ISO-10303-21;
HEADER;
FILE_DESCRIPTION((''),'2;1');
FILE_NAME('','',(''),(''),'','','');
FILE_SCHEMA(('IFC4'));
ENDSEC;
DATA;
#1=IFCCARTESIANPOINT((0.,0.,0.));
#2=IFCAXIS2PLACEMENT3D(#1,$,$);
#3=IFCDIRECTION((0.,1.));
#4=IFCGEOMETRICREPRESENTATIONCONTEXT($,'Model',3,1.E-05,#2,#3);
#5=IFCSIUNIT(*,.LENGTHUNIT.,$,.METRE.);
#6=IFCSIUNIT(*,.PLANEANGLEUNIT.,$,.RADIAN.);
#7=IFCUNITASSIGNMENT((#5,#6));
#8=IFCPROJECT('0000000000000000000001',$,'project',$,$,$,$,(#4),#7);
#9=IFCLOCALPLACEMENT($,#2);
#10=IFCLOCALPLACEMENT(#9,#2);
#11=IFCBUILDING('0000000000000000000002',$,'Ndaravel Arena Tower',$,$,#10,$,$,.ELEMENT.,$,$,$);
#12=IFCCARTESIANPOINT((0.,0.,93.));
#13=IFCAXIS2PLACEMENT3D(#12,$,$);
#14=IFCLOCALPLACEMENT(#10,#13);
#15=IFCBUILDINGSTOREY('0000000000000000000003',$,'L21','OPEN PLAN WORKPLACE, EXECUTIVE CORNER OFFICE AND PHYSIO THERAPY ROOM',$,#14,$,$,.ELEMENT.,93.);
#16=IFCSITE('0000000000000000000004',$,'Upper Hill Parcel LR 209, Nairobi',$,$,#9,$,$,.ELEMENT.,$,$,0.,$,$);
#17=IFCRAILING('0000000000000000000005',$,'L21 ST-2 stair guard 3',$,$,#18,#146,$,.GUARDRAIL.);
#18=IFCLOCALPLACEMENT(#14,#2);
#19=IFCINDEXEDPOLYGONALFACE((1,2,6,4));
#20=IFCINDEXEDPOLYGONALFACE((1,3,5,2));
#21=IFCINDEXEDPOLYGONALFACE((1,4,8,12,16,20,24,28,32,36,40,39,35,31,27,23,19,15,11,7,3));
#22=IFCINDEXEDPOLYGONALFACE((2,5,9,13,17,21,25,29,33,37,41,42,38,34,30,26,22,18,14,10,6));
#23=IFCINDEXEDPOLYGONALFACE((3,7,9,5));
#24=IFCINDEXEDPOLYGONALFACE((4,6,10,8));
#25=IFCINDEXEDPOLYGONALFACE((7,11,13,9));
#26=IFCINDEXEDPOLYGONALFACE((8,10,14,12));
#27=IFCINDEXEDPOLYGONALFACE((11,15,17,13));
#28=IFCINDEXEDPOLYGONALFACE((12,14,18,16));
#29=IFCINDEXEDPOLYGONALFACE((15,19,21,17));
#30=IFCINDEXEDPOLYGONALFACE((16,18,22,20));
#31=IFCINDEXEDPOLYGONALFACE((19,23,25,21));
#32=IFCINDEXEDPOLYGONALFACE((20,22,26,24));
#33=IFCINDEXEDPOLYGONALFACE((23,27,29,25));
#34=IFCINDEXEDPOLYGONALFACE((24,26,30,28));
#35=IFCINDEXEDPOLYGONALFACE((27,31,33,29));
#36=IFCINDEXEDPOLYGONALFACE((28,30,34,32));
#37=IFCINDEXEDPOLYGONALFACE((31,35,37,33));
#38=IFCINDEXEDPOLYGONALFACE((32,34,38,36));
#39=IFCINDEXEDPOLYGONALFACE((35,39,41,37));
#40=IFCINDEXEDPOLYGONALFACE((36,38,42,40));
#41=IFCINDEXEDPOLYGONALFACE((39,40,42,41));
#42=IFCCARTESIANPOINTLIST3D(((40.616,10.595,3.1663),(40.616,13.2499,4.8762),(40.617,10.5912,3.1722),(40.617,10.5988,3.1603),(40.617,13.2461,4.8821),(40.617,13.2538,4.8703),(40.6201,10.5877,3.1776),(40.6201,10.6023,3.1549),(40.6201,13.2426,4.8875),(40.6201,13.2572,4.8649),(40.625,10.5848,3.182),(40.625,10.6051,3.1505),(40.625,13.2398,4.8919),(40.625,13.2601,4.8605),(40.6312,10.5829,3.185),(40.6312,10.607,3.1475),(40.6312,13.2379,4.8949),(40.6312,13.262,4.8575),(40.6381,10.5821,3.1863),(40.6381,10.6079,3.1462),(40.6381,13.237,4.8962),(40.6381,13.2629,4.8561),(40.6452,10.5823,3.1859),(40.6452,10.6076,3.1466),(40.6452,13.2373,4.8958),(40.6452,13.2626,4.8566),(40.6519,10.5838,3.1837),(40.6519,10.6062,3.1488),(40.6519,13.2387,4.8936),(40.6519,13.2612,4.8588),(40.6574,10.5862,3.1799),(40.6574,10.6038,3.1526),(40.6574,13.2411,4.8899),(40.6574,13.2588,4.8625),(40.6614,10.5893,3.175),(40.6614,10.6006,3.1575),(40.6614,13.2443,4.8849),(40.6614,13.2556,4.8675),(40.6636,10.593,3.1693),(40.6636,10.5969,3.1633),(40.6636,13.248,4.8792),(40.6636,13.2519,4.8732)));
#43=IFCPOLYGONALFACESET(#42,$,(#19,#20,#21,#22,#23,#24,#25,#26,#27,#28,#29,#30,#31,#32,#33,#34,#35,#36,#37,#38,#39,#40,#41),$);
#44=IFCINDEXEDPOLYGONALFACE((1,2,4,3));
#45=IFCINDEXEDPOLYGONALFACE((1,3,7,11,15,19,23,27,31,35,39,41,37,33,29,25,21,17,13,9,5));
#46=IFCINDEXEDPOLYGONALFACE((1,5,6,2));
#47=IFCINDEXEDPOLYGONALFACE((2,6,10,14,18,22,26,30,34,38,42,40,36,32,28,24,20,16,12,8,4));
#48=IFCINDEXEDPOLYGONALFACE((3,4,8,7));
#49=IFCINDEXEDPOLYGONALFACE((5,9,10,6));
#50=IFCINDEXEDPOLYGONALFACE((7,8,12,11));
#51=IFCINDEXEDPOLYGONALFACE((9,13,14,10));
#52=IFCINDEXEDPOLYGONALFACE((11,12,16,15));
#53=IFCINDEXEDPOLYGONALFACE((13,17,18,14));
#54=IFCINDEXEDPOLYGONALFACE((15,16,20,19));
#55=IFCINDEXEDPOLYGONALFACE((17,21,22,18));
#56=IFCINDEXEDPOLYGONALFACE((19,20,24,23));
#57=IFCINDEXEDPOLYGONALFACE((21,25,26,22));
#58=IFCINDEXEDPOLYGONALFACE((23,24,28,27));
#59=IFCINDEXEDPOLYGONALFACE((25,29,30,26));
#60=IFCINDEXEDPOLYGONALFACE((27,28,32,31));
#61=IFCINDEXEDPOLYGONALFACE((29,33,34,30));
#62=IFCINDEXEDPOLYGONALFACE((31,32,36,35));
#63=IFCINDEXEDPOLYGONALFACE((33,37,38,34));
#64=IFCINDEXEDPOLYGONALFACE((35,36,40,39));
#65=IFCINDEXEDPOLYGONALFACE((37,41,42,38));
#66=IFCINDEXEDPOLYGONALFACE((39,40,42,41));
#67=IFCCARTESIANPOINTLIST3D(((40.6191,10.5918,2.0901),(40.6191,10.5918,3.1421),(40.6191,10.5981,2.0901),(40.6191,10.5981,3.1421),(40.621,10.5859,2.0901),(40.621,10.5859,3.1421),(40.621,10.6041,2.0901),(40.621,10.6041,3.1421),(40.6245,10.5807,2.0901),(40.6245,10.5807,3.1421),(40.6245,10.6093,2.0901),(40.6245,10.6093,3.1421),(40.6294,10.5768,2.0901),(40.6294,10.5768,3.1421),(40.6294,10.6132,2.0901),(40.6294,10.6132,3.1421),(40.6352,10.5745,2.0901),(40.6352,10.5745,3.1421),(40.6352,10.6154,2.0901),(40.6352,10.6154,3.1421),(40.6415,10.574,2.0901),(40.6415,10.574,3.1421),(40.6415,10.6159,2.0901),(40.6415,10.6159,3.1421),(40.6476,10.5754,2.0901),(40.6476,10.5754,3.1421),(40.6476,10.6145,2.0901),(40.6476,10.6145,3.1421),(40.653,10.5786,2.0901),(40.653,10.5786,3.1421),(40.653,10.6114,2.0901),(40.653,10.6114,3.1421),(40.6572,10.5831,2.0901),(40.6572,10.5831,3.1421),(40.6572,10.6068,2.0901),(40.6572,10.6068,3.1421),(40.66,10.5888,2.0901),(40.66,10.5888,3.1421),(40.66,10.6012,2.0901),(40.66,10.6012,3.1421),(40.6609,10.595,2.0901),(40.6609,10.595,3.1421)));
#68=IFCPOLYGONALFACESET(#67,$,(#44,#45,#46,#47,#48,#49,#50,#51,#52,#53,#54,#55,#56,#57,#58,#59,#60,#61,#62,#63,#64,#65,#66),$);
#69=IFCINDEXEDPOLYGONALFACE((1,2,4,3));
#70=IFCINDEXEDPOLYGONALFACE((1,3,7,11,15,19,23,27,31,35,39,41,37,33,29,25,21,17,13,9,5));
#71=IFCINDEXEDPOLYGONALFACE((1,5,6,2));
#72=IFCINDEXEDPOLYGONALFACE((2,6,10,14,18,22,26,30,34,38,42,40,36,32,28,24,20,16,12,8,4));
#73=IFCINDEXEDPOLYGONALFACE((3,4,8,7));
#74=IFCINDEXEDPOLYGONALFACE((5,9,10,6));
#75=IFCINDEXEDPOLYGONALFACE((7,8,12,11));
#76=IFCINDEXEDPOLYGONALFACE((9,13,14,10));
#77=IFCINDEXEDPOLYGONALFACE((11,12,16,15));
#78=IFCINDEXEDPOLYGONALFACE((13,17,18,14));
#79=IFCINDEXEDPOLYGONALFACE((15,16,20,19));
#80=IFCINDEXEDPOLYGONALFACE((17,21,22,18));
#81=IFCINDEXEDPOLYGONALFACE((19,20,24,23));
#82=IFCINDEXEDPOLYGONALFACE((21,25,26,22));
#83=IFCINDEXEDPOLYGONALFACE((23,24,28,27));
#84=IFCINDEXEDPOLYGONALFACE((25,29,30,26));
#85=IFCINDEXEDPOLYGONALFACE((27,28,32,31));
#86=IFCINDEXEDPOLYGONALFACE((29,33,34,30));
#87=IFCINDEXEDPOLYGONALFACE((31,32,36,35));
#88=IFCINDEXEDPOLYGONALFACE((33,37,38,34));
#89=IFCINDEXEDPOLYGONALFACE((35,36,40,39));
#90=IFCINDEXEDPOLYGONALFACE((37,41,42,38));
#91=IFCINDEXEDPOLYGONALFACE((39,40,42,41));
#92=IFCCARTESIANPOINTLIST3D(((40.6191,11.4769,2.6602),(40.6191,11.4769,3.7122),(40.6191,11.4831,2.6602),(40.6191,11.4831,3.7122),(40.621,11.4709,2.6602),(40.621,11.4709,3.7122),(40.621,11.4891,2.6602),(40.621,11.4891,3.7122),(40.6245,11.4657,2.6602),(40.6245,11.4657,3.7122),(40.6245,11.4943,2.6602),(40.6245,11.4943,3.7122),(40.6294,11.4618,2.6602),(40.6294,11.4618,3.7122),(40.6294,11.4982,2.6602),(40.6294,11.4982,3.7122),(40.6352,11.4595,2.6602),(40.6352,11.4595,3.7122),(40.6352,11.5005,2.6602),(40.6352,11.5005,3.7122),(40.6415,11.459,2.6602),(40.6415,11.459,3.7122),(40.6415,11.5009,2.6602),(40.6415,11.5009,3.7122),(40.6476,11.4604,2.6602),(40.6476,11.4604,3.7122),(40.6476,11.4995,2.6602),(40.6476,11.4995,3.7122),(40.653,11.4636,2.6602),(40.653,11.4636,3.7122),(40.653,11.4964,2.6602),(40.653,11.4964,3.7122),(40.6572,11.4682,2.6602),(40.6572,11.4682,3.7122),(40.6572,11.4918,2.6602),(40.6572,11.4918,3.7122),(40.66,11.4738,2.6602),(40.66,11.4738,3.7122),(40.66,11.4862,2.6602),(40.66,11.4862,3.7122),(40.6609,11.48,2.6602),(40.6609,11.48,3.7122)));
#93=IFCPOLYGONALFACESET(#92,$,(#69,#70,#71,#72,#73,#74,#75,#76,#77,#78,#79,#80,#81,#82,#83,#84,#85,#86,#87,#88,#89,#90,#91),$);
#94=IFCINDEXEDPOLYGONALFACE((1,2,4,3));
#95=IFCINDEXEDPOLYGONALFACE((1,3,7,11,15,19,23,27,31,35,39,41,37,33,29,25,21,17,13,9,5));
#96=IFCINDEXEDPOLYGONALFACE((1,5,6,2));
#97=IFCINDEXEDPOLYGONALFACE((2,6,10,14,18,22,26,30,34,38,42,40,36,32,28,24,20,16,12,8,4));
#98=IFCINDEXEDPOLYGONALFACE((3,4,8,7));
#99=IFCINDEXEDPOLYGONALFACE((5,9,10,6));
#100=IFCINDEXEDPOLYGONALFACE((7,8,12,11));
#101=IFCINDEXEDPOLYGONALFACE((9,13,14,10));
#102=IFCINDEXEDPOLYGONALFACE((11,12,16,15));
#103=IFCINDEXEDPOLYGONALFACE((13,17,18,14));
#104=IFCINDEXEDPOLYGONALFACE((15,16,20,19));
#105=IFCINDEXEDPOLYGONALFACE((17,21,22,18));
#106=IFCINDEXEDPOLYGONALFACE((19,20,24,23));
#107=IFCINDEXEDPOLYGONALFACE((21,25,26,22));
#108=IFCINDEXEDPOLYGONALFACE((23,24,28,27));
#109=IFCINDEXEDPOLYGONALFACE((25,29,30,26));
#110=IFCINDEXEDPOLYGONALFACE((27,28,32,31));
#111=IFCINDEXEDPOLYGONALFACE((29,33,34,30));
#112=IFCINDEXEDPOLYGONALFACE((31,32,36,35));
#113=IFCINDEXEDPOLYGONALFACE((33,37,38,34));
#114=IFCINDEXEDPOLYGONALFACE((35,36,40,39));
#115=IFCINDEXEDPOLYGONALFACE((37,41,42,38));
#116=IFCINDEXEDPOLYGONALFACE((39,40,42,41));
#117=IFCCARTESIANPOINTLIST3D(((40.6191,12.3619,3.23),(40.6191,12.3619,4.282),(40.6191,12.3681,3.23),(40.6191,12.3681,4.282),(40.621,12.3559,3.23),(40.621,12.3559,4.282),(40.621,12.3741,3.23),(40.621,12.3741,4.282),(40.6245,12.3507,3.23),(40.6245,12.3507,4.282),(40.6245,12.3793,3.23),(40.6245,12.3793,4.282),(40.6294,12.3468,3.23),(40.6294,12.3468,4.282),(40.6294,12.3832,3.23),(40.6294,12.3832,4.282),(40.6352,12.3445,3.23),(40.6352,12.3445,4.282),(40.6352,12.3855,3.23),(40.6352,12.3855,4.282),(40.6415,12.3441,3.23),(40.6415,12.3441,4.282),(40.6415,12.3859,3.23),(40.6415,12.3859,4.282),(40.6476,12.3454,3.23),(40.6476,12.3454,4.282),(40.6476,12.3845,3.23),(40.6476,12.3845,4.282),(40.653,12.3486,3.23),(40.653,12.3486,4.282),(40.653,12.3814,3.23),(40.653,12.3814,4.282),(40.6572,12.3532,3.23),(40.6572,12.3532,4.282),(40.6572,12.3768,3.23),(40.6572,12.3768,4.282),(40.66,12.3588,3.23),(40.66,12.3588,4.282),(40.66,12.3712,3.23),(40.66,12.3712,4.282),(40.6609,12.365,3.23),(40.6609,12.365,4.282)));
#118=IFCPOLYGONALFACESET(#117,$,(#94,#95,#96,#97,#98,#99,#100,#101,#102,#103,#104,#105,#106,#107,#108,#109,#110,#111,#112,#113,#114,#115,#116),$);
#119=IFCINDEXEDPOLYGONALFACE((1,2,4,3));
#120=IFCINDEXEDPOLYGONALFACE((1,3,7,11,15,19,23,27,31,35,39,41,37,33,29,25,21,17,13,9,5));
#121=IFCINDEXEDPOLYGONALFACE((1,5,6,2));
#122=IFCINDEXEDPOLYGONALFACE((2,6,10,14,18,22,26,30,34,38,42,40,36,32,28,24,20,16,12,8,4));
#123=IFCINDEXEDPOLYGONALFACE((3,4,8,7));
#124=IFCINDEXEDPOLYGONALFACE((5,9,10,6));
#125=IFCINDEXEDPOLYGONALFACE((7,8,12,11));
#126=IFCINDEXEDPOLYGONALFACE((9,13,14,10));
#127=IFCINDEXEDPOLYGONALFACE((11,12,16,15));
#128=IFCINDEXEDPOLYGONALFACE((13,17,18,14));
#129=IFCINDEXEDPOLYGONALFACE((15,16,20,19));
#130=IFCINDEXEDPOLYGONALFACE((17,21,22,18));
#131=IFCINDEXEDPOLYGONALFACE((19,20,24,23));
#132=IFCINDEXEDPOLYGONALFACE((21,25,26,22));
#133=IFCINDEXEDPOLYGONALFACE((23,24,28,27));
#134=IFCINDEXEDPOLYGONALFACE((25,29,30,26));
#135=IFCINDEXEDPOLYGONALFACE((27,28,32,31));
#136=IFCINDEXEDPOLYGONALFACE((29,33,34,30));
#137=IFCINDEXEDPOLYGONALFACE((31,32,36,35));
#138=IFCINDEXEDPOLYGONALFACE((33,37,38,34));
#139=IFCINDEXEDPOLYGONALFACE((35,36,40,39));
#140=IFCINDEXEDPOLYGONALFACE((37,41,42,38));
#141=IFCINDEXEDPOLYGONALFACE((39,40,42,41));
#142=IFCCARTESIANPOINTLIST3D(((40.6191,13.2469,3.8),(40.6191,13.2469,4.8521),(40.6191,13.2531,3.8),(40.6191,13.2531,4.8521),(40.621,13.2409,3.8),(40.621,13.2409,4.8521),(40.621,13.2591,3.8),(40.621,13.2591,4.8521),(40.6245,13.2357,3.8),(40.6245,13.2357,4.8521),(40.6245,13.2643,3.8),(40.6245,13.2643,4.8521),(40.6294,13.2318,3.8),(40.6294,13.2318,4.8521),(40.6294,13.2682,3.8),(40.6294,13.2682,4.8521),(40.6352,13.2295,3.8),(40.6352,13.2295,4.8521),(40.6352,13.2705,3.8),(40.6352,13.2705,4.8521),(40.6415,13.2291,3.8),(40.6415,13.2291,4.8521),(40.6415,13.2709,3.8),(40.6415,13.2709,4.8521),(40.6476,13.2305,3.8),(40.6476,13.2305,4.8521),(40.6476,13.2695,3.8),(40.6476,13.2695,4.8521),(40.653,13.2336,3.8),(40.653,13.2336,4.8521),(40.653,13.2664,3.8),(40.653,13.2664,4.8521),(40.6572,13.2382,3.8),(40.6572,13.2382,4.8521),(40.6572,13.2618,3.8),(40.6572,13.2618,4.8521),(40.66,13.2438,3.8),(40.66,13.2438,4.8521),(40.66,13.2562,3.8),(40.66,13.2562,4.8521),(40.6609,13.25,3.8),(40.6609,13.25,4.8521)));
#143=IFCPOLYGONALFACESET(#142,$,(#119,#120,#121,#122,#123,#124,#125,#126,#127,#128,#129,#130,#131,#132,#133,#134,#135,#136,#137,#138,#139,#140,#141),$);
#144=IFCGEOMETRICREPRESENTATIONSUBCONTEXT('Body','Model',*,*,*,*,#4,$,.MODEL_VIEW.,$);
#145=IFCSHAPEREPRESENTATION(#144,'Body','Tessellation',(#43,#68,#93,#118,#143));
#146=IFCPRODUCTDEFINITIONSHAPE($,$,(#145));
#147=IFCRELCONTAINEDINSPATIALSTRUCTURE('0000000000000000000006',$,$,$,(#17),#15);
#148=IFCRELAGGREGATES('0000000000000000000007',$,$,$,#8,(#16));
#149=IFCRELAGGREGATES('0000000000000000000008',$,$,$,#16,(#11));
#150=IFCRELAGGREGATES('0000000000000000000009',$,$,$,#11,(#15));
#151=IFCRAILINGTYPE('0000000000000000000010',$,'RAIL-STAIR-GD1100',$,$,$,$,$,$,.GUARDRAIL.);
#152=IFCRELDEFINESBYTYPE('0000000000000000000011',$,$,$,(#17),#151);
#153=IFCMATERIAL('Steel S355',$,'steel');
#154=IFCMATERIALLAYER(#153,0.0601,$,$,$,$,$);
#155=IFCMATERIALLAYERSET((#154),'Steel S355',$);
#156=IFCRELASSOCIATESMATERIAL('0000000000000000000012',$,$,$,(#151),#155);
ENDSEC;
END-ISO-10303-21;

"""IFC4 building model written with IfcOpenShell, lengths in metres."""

from ifc_helpers import new_model, si_unit, direction, frame, origin, origin_2d, place, context, subcontext, project, spatial, circle, extrude, material, layer, layer_set, type_object, element, save


model = new_model("IFC4")

# Units and contexts
model_context = context("Model", 3, precision=1e-05, world=origin(), true_north=direction((0.0, 1.0)))
body_context = subcontext(model_context, "Body", "Model", "MODEL_VIEW")
ifc_project = project(units=[si_unit("LENGTHUNIT", "METRE"), si_unit("PLANEANGLEUNIT", "RADIAN")], contexts=[model_context])

# Site, building, storey
site_placement = place(None, origin())
site = spatial("IfcSite", under=ifc_project, at=site_placement, Name="Upper Hill Parcel LR 209, Nairobi", CompositionType="ELEMENT", RefElevation=0.0)
building_placement = place(site_placement, origin())
building = spatial("IfcBuilding", under=site, at=building_placement, Name="Ndaravel Arena Tower", CompositionType="ELEMENT")
storey_placement = place(building_placement, frame((0.0, 0.0, 93.0)))
storey = spatial("IfcBuildingStorey", under=building, at=storey_placement, Name="L21", Description="OPEN PLAN WORKPLACE, EXECUTIVE CORNER OFFICE AND PHYSIO THERAPY ROOM", CompositionType="ELEMENT", Elevation=93.0)

# Railing
ifc_material_1 = material(Name="Steel S355", Category="steel")
ifc_layer_1 = layer(ifc_material_1, 0.0601)
ifc_layer_set_1 = layer_set([ifc_layer_1], Name="Steel S355")
railing_type_1 = type_object("IfcRailingType", Name="RAIL-STAIR-GD1100", PredefinedType="GUARDRAIL", material=ifc_layer_set_1)
railing_1_placement = place(storey_placement, frame((40.6399, 10.595, 2.0901)))
element("IfcRailing", 1, at=railing_1_placement, inside=storey, type_object=railing_type_1, Name="L21 ST-2 stair guard 3", PredefinedType="GUARDRAIL", context=body_context, shape_type="SweptSolid", body=[
    extrude(circle(Radius=0.0239, at=origin_2d()), frame((0.0, 0.0, 1.0762), z_axis=(0.0, 0.840724, 0.541465), x_axis=(-1.0, 0.0, 0.0)), (0.0, 0.0, 1.0), 3.158),
    extrude(circle(Radius=0.021, at=origin_2d()), origin(), (0.0, 0.0, 1.0), 1.052),
    extrude(circle(Radius=0.021, at=origin_2d()), frame((0.0, 0.885, 0.5701)), (0.0, 0.0, 1.0), 1.052),
    extrude(circle(Radius=0.021, at=origin_2d()), frame((0.0, 1.77, 1.1399)), (0.0, 0.0, 1.0), 1.052),
    extrude(circle(Radius=0.021, at=origin_2d()), frame((0.0, 2.655, 1.71)), (0.0, 0.0, 1.0), 1.052),
])

save(model, "model.ifc")
